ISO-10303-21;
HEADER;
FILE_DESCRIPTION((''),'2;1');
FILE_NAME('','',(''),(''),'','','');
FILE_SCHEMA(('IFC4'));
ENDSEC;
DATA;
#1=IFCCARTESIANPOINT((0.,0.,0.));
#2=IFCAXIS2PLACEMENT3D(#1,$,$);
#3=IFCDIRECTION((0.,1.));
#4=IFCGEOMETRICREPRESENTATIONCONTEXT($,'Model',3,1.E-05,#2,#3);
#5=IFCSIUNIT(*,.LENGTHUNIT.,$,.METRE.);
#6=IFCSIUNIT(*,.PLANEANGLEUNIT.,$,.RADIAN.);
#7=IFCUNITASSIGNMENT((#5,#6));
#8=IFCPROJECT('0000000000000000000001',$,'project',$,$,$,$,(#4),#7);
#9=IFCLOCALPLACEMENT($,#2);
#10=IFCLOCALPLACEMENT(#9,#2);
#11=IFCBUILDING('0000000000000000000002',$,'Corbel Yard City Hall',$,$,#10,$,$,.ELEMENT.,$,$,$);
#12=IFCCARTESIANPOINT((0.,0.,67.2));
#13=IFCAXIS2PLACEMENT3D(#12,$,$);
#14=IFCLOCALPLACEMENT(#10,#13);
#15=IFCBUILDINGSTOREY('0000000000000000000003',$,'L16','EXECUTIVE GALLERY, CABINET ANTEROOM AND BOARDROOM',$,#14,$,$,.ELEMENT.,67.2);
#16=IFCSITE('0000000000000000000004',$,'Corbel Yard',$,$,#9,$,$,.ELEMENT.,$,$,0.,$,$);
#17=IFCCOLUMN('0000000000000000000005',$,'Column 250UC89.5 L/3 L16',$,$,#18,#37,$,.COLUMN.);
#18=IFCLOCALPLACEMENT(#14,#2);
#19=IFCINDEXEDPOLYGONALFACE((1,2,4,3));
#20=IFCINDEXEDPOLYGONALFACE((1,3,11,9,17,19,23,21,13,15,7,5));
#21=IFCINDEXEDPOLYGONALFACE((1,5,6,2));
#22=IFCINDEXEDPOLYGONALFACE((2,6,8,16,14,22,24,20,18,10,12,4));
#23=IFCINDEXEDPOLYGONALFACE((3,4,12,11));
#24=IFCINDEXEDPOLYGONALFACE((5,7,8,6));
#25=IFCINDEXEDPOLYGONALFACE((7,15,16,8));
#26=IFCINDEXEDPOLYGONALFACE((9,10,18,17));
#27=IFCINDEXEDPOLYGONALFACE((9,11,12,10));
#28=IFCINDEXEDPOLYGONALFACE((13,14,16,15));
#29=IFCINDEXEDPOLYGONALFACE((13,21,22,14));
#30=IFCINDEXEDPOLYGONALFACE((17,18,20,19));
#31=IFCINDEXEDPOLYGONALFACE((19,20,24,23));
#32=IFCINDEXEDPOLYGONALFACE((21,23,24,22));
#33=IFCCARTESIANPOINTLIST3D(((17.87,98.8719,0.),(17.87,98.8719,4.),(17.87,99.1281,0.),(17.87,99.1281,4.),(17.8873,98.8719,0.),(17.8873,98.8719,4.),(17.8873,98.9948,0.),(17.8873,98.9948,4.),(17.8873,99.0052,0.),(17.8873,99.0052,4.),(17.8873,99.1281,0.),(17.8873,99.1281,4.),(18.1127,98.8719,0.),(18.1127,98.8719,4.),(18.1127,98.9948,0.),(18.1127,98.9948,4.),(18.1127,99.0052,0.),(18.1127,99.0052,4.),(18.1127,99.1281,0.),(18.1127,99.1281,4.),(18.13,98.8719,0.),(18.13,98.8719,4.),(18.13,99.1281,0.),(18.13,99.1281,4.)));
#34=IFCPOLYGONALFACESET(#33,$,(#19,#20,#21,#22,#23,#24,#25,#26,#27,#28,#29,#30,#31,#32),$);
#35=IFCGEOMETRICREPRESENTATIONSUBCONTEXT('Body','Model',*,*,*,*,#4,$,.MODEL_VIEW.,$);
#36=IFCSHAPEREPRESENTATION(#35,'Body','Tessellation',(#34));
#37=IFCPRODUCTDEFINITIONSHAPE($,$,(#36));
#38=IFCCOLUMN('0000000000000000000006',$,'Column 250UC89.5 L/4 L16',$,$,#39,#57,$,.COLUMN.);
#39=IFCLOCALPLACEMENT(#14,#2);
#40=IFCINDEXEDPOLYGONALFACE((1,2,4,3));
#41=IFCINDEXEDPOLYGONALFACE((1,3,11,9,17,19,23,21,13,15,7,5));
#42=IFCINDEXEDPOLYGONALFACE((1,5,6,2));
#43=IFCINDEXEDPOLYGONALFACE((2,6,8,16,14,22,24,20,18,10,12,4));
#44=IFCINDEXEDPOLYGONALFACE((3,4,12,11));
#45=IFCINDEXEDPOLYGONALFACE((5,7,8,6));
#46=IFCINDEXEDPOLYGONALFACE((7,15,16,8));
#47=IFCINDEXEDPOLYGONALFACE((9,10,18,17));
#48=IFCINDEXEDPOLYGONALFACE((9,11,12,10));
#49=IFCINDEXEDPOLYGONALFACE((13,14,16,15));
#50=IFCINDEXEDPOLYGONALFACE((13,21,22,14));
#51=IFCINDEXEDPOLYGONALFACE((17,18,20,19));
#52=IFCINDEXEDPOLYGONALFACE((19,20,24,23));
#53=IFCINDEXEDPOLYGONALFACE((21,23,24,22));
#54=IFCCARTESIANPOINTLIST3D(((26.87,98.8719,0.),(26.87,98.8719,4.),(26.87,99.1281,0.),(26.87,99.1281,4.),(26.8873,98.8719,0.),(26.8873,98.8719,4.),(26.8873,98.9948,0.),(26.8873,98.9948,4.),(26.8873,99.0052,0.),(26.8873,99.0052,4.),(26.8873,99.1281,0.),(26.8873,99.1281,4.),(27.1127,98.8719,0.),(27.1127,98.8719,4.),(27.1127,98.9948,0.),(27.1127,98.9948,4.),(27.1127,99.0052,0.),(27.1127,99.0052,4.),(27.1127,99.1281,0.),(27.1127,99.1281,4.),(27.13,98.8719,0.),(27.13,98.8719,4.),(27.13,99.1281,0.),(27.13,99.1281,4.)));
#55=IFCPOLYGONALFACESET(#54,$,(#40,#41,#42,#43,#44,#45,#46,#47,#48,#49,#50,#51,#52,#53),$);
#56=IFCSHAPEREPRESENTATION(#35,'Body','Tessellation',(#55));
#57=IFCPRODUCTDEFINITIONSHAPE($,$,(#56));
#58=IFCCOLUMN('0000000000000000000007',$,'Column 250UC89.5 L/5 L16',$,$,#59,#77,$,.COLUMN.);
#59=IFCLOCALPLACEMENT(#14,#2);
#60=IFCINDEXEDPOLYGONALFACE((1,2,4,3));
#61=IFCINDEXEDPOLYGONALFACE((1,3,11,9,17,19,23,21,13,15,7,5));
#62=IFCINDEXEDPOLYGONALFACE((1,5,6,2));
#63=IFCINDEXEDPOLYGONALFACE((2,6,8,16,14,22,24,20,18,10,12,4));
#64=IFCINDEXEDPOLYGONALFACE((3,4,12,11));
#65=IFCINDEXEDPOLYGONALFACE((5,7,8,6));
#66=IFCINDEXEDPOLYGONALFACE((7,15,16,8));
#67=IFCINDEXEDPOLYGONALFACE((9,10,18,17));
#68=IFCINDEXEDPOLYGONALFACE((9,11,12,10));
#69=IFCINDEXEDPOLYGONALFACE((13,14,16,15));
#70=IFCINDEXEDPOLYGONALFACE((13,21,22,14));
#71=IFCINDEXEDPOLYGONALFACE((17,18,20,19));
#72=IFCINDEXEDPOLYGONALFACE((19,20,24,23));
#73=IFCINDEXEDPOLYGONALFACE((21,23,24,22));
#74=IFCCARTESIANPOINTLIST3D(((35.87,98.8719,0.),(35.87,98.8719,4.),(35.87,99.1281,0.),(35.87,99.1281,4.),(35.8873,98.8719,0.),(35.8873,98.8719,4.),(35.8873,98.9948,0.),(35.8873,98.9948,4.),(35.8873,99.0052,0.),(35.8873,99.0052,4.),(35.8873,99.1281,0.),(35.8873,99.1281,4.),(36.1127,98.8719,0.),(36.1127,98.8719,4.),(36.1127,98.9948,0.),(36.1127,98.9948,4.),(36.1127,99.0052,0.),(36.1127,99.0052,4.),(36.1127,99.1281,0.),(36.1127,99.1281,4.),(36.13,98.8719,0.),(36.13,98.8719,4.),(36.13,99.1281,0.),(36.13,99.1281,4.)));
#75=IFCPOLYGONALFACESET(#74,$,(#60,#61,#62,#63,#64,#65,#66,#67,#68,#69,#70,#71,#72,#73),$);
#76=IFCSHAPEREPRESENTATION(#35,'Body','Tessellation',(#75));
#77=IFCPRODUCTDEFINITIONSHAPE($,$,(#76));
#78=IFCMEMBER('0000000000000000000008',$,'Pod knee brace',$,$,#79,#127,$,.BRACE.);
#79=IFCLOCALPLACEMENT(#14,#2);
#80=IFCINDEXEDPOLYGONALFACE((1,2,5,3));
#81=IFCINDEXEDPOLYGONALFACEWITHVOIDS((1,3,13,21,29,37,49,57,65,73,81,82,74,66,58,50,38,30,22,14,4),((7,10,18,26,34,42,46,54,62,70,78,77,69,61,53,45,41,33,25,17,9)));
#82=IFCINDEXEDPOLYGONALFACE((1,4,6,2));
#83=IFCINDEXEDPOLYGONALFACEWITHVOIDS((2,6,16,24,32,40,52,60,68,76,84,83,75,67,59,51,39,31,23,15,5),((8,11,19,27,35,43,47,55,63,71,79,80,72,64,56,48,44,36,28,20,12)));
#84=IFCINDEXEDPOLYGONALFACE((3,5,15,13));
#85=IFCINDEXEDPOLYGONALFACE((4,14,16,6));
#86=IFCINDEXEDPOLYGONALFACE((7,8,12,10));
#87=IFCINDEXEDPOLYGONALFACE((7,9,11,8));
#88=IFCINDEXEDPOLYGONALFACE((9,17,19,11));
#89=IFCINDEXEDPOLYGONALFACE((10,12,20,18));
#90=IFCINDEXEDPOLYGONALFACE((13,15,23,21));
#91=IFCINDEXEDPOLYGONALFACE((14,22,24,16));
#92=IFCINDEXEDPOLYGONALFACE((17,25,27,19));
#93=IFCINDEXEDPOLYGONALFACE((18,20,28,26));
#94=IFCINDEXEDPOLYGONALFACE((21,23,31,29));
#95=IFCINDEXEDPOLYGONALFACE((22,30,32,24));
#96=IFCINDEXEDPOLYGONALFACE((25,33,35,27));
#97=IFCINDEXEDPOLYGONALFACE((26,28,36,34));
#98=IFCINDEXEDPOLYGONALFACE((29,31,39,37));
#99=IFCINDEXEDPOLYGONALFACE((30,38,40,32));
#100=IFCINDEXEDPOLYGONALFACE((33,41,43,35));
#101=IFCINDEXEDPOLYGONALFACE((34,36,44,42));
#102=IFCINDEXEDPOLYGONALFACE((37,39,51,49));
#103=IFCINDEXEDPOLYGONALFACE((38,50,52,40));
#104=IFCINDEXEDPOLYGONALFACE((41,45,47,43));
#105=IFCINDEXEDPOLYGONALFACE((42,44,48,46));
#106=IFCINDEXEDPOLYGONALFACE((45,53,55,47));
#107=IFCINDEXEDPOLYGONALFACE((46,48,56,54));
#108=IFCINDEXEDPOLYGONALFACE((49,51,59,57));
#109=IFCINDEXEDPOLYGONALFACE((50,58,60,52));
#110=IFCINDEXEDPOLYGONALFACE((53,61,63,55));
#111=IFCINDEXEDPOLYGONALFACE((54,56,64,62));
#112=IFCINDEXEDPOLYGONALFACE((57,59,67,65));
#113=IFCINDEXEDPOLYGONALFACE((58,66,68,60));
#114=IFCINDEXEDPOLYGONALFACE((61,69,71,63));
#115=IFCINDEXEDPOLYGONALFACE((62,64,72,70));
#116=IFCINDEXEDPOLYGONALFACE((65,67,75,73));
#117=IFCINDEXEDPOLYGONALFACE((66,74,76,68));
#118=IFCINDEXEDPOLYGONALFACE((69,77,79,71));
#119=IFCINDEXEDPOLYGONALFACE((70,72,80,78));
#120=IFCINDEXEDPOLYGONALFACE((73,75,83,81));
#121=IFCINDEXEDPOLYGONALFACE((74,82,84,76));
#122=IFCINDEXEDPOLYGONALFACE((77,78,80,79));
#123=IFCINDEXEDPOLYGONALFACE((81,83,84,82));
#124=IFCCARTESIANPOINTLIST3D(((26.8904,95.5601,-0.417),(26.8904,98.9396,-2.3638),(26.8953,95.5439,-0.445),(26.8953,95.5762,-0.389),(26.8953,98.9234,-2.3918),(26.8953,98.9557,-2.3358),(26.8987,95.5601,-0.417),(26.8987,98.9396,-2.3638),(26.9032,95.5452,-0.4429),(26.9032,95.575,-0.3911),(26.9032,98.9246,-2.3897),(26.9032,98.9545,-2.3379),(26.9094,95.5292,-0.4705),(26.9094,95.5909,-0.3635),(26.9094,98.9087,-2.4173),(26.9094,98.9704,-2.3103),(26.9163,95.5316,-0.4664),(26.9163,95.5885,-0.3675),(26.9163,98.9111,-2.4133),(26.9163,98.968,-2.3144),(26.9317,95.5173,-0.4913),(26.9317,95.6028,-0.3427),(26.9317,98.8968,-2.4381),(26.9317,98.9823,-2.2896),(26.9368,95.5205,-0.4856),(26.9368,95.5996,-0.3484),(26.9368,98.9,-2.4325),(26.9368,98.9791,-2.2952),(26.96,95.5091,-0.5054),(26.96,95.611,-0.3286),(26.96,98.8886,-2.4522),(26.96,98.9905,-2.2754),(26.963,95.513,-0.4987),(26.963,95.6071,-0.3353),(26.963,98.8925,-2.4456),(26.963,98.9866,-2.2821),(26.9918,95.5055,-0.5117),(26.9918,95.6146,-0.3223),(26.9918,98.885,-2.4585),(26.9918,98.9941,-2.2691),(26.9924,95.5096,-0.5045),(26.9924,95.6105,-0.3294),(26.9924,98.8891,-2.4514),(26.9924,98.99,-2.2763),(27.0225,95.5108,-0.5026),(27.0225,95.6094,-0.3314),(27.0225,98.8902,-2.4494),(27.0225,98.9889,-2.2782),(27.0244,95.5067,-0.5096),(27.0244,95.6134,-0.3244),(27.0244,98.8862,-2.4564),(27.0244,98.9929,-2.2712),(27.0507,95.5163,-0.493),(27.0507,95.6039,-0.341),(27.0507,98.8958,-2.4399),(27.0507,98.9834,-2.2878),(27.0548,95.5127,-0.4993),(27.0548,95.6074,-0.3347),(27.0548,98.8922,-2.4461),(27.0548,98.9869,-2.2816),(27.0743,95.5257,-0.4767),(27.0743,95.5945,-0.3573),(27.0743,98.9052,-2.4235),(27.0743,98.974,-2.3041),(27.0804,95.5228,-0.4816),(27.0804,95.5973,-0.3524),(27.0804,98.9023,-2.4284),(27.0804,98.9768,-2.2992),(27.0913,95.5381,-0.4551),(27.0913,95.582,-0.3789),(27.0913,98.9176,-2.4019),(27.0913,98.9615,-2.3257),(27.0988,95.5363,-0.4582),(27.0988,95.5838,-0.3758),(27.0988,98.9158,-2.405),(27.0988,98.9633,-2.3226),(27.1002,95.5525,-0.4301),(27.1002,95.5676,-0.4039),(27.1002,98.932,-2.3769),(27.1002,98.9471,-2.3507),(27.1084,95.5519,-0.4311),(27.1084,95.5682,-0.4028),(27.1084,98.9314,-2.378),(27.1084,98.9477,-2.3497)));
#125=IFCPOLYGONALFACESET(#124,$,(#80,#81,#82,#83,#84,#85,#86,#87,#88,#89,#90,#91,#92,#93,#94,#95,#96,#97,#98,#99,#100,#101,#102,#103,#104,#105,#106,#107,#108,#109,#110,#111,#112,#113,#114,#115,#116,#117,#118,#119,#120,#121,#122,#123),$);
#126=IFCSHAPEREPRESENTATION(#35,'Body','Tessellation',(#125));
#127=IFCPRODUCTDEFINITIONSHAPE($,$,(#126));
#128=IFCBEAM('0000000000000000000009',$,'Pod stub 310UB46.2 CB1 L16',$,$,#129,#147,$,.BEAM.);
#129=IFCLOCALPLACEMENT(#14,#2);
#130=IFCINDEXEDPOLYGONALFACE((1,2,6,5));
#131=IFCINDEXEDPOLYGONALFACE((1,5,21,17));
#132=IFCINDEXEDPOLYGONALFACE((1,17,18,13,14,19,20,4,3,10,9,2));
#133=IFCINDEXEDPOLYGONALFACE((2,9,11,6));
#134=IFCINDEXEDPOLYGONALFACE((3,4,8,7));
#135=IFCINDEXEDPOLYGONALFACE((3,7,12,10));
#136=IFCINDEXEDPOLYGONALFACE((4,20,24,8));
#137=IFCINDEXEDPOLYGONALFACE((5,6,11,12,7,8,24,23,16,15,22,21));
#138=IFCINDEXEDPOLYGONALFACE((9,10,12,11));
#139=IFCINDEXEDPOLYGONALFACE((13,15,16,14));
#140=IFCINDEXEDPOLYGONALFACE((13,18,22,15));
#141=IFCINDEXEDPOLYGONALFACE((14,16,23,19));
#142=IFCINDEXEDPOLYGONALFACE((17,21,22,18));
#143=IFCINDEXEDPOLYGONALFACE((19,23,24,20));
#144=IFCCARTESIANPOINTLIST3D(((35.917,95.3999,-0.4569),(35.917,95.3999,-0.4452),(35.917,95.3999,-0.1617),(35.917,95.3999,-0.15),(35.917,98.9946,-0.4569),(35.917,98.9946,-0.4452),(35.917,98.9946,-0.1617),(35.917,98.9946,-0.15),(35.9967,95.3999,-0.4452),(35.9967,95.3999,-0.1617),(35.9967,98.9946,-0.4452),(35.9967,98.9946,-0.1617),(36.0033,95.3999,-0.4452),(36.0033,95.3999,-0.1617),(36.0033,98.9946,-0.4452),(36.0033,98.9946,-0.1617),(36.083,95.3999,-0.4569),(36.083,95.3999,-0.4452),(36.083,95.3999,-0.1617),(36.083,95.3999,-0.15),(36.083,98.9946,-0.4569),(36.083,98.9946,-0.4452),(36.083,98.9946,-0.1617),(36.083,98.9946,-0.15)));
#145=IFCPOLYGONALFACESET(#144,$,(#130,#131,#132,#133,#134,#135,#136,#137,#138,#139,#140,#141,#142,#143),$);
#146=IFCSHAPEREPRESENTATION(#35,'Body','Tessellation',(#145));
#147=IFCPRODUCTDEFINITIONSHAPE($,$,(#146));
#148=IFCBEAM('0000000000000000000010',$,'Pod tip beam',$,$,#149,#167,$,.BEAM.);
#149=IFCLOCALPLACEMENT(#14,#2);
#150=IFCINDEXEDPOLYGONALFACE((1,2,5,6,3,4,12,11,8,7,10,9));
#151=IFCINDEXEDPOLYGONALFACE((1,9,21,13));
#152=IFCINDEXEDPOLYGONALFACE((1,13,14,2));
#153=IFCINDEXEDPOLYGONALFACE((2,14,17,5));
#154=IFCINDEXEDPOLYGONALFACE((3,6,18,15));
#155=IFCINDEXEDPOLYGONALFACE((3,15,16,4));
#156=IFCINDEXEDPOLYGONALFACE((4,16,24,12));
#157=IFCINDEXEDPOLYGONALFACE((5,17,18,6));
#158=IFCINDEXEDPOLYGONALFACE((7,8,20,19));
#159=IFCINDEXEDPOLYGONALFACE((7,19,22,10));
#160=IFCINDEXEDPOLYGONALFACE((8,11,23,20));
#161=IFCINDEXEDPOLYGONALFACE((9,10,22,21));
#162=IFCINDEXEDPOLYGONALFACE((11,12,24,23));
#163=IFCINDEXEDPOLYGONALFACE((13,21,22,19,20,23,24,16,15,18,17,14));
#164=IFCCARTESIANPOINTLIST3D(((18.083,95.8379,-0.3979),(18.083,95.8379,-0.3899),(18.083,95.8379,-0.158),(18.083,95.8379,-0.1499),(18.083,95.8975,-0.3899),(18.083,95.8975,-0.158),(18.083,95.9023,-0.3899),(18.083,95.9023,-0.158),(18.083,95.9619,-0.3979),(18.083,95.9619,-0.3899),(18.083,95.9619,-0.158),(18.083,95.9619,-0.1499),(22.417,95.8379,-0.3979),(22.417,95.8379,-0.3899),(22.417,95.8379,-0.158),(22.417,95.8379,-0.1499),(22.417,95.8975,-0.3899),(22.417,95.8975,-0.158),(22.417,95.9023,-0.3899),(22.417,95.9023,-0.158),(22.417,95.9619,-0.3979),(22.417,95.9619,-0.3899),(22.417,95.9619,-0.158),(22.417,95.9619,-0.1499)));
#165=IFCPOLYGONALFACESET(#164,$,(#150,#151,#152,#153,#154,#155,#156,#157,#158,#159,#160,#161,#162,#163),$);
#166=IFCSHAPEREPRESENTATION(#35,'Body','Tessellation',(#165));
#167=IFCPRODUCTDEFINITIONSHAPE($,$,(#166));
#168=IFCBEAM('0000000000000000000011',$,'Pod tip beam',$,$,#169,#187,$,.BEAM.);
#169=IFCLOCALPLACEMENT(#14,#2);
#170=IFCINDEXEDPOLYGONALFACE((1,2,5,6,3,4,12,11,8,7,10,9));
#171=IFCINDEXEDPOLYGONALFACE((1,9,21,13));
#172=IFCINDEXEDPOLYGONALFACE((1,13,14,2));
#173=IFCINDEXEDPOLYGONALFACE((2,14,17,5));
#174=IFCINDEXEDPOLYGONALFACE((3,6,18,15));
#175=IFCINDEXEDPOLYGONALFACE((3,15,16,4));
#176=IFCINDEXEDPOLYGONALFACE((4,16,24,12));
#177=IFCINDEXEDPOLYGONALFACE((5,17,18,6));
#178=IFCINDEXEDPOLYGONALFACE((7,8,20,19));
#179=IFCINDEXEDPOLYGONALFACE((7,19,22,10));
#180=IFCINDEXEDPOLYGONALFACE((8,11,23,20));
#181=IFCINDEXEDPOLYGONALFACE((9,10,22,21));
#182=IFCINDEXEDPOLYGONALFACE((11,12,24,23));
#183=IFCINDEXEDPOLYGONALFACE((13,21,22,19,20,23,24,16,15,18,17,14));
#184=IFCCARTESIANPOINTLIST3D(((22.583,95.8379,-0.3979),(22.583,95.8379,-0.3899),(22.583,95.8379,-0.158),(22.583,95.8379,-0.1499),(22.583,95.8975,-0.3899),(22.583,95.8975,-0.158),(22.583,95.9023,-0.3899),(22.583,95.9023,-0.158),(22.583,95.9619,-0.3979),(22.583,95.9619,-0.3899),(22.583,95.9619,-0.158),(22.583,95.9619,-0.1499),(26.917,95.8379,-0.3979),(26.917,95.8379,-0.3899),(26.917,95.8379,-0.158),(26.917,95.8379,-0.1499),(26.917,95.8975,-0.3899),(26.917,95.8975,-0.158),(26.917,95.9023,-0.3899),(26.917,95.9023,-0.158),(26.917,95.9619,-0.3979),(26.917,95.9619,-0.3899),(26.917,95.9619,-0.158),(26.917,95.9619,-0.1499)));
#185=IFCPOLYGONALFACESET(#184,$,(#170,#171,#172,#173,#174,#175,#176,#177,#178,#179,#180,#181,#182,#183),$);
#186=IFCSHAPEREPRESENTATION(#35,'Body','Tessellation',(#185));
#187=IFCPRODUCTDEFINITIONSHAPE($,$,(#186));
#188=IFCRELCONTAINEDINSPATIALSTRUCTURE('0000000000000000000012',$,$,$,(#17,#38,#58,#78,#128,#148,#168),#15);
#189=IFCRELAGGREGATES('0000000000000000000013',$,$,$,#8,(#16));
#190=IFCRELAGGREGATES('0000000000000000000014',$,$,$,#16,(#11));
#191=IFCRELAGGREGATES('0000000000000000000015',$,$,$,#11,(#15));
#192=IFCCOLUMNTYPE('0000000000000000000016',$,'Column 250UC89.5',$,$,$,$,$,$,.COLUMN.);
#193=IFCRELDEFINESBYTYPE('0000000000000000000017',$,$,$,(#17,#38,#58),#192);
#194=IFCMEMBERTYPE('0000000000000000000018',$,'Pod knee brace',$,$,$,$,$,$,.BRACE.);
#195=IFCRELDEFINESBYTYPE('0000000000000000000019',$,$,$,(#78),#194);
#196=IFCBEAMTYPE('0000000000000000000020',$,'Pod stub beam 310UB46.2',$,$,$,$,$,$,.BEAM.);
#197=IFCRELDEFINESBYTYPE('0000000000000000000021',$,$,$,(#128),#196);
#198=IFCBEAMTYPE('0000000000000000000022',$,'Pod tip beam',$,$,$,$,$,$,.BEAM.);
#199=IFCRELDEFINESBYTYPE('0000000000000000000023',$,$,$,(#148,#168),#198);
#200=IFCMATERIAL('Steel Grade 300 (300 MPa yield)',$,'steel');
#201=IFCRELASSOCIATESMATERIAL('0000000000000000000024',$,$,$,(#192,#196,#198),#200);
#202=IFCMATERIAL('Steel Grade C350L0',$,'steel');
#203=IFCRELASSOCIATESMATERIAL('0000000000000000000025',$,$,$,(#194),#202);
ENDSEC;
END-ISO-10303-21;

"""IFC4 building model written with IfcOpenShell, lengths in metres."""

from ifc_helpers import new_model, si_unit, direction, frame, origin, origin_2d, place, context, subcontext, project, spatial, hollow_circle, i_section, extrude, material, material_profile, profile_set, type_object, element, save


model = new_model("IFC4")

# Units and contexts
model_context = context("Model", 3, precision=1e-05, world=origin(), true_north=direction((0.0, 1.0)))
body_context = subcontext(model_context, "Body", "Model", "MODEL_VIEW")
ifc_project = project(units=[si_unit("LENGTHUNIT", "METRE"), si_unit("PLANEANGLEUNIT", "RADIAN")], contexts=[model_context])

# Site, building, storey
site_placement = place(None, origin())
site = spatial("IfcSite", under=ifc_project, at=site_placement, Name="Corbel Yard", CompositionType="ELEMENT", RefElevation=0.0)
building_placement = place(site_placement, origin())
building = spatial("IfcBuilding", under=site, at=building_placement, Name="Corbel Yard City Hall", CompositionType="ELEMENT")
storey_placement = place(building_placement, frame((0.0, 0.0, 67.2)))
storey = spatial("IfcBuildingStorey", under=building, at=storey_placement, Name="L16", Description="EXECUTIVE GALLERY, CABINET ANTEROOM AND BOARDROOM", CompositionType="ELEMENT", Elevation=67.2)

# Columns
ifc_material_1 = material(Name="Steel Grade 300 (300 MPa yield)", Category="steel")
ifc_material_profile_1 = material_profile(ifc_material_1, i_section(OverallWidth=0.2561, OverallDepth=0.26, WebThickness=0.0105, FlangeThickness=0.0173, at=origin_2d()), Name="250UC89.5")
ifc_profile_set_1 = profile_set([ifc_material_profile_1], Name="Steel Grade 300 (300 MPa yield)")
column_type = type_object("IfcColumnType", Name="Column 250UC89.5", PredefinedType="COLUMN", material=ifc_profile_set_1)
for number, where, z_axis, x_axis, name in (
    (1, (18.0, 99.0, 0.0), (0.0, 0.0, 1.0), (0.0, 1.0, 0.0), "Column 250UC89.5 L/3 L16"),
    (2, (27.0, 99.0, 0.0), (0.0, 0.0, 1.0), (0.0, 1.0, 0.0), "Column 250UC89.5 L/4 L16"),
    (3, (36.0, 99.0, 0.0), (0.0, 0.0, 1.0), (0.0, 1.0, 0.0), "Column 250UC89.5 L/5 L16"),
):
    element("IfcColumn", number, at=place(storey_placement, frame(where, z_axis=z_axis, x_axis=x_axis)), inside=storey, type_object=column_type, Name=name, PredefinedType="COLUMN", context=body_context, shape_type="SweptSolid", body=[
        extrude(i_section(OverallWidth=0.2561, OverallDepth=0.26, WebThickness=0.0105, FlangeThickness=0.0173, at=origin_2d()), origin(), (0.0, 0.0, 1.0), 4.0),
    ])

# Member
ifc_material_2 = material(Name="Steel Grade C350L0", Category="steel")
ifc_material_profile_2 = material_profile(ifc_material_2, hollow_circle(Radius=0.1096, WallThickness=0.0083, at=origin_2d()), Name="219.1x8.2CHS")
ifc_profile_set_2 = profile_set([ifc_material_profile_2], Name="Steel Grade C350L0")
member_type = type_object("IfcMemberType", Name="Pod knee brace", PredefinedType="BRACE", material=ifc_profile_set_2)
member_placement = place(storey_placement, frame((27.0, 95.5601, -0.417), z_axis=(0.0, 0.866504, -0.49917), x_axis=(-1.0, 0.0, 0.0)))
element("IfcMember", 4, at=member_placement, inside=storey, type_object=member_type, Name="Pod knee brace", PredefinedType="BRACE", context=body_context, shape_type="SweptSolid", body=[
    extrude(hollow_circle(Radius=0.1096, WallThickness=0.0083, at=origin_2d()), origin(), (0.0, 0.0, 1.0), 3.9001),
])

# Beams
ifc_material_profile_3 = material_profile(ifc_material_1, i_section(OverallWidth=0.166, OverallDepth=0.3069, WebThickness=0.0066, FlangeThickness=0.0117, at=origin_2d()), Name="310UB46.2")
ifc_profile_set_3 = profile_set([ifc_material_profile_3], Name="Steel Grade 300 (300 MPa yield)")
beam_type_1 = type_object("IfcBeamType", Name="Pod stub beam 310UB46.2", PredefinedType="BEAM", material=ifc_profile_set_3)
beam_placement = place(storey_placement, frame((36.0, 95.3999, -0.3035), z_axis=(0.0, 1.0, 0.0), x_axis=(-1.0, 0.0, 0.0)))
element("IfcBeam", 5, at=beam_placement, inside=storey, type_object=beam_type_1, Name="Pod stub 310UB46.2 CB1 L16", PredefinedType="BEAM", context=body_context, shape_type="SweptSolid", body=[
    extrude(i_section(OverallWidth=0.166, OverallDepth=0.3069, WebThickness=0.0066, FlangeThickness=0.0117, at=origin_2d()), origin(), (0.0, 0.0, 1.0), 3.5947),
])
ifc_material_profile_4 = material_profile(ifc_material_1, i_section(OverallWidth=0.124, OverallDepth=0.248, WebThickness=0.0049, FlangeThickness=0.0081, at=origin_2d()), Name="250UB25.7")
ifc_profile_set_4 = profile_set([ifc_material_profile_4], Name="Steel Grade 300 (300 MPa yield)")
beam_type_2 = type_object("IfcBeamType", Name="Pod tip beam", PredefinedType="BEAM", material=ifc_profile_set_4)
for number, where, z_axis, x_axis, name in (
    (6, (18.083, 95.8999, -0.2739), (1.0, 0.0, 0.0), (0.0, 1.0, 0.0), "Pod tip beam"),
    (7, (22.583, 95.8999, -0.2739), (1.0, 0.0, 0.0), (0.0, 1.0, 0.0), "Pod tip beam"),
):
    element("IfcBeam", number, at=place(storey_placement, frame(where, z_axis=z_axis, x_axis=x_axis)), inside=storey, type_object=beam_type_2, Name=name, PredefinedType="BEAM", context=body_context, shape_type="SweptSolid", body=[
        extrude(i_section(OverallWidth=0.124, OverallDepth=0.248, WebThickness=0.0049, FlangeThickness=0.0081, at=origin_2d()), origin(), (0.0, 0.0, 1.0), 4.334),
    ])

save(model, "model.ifc")
